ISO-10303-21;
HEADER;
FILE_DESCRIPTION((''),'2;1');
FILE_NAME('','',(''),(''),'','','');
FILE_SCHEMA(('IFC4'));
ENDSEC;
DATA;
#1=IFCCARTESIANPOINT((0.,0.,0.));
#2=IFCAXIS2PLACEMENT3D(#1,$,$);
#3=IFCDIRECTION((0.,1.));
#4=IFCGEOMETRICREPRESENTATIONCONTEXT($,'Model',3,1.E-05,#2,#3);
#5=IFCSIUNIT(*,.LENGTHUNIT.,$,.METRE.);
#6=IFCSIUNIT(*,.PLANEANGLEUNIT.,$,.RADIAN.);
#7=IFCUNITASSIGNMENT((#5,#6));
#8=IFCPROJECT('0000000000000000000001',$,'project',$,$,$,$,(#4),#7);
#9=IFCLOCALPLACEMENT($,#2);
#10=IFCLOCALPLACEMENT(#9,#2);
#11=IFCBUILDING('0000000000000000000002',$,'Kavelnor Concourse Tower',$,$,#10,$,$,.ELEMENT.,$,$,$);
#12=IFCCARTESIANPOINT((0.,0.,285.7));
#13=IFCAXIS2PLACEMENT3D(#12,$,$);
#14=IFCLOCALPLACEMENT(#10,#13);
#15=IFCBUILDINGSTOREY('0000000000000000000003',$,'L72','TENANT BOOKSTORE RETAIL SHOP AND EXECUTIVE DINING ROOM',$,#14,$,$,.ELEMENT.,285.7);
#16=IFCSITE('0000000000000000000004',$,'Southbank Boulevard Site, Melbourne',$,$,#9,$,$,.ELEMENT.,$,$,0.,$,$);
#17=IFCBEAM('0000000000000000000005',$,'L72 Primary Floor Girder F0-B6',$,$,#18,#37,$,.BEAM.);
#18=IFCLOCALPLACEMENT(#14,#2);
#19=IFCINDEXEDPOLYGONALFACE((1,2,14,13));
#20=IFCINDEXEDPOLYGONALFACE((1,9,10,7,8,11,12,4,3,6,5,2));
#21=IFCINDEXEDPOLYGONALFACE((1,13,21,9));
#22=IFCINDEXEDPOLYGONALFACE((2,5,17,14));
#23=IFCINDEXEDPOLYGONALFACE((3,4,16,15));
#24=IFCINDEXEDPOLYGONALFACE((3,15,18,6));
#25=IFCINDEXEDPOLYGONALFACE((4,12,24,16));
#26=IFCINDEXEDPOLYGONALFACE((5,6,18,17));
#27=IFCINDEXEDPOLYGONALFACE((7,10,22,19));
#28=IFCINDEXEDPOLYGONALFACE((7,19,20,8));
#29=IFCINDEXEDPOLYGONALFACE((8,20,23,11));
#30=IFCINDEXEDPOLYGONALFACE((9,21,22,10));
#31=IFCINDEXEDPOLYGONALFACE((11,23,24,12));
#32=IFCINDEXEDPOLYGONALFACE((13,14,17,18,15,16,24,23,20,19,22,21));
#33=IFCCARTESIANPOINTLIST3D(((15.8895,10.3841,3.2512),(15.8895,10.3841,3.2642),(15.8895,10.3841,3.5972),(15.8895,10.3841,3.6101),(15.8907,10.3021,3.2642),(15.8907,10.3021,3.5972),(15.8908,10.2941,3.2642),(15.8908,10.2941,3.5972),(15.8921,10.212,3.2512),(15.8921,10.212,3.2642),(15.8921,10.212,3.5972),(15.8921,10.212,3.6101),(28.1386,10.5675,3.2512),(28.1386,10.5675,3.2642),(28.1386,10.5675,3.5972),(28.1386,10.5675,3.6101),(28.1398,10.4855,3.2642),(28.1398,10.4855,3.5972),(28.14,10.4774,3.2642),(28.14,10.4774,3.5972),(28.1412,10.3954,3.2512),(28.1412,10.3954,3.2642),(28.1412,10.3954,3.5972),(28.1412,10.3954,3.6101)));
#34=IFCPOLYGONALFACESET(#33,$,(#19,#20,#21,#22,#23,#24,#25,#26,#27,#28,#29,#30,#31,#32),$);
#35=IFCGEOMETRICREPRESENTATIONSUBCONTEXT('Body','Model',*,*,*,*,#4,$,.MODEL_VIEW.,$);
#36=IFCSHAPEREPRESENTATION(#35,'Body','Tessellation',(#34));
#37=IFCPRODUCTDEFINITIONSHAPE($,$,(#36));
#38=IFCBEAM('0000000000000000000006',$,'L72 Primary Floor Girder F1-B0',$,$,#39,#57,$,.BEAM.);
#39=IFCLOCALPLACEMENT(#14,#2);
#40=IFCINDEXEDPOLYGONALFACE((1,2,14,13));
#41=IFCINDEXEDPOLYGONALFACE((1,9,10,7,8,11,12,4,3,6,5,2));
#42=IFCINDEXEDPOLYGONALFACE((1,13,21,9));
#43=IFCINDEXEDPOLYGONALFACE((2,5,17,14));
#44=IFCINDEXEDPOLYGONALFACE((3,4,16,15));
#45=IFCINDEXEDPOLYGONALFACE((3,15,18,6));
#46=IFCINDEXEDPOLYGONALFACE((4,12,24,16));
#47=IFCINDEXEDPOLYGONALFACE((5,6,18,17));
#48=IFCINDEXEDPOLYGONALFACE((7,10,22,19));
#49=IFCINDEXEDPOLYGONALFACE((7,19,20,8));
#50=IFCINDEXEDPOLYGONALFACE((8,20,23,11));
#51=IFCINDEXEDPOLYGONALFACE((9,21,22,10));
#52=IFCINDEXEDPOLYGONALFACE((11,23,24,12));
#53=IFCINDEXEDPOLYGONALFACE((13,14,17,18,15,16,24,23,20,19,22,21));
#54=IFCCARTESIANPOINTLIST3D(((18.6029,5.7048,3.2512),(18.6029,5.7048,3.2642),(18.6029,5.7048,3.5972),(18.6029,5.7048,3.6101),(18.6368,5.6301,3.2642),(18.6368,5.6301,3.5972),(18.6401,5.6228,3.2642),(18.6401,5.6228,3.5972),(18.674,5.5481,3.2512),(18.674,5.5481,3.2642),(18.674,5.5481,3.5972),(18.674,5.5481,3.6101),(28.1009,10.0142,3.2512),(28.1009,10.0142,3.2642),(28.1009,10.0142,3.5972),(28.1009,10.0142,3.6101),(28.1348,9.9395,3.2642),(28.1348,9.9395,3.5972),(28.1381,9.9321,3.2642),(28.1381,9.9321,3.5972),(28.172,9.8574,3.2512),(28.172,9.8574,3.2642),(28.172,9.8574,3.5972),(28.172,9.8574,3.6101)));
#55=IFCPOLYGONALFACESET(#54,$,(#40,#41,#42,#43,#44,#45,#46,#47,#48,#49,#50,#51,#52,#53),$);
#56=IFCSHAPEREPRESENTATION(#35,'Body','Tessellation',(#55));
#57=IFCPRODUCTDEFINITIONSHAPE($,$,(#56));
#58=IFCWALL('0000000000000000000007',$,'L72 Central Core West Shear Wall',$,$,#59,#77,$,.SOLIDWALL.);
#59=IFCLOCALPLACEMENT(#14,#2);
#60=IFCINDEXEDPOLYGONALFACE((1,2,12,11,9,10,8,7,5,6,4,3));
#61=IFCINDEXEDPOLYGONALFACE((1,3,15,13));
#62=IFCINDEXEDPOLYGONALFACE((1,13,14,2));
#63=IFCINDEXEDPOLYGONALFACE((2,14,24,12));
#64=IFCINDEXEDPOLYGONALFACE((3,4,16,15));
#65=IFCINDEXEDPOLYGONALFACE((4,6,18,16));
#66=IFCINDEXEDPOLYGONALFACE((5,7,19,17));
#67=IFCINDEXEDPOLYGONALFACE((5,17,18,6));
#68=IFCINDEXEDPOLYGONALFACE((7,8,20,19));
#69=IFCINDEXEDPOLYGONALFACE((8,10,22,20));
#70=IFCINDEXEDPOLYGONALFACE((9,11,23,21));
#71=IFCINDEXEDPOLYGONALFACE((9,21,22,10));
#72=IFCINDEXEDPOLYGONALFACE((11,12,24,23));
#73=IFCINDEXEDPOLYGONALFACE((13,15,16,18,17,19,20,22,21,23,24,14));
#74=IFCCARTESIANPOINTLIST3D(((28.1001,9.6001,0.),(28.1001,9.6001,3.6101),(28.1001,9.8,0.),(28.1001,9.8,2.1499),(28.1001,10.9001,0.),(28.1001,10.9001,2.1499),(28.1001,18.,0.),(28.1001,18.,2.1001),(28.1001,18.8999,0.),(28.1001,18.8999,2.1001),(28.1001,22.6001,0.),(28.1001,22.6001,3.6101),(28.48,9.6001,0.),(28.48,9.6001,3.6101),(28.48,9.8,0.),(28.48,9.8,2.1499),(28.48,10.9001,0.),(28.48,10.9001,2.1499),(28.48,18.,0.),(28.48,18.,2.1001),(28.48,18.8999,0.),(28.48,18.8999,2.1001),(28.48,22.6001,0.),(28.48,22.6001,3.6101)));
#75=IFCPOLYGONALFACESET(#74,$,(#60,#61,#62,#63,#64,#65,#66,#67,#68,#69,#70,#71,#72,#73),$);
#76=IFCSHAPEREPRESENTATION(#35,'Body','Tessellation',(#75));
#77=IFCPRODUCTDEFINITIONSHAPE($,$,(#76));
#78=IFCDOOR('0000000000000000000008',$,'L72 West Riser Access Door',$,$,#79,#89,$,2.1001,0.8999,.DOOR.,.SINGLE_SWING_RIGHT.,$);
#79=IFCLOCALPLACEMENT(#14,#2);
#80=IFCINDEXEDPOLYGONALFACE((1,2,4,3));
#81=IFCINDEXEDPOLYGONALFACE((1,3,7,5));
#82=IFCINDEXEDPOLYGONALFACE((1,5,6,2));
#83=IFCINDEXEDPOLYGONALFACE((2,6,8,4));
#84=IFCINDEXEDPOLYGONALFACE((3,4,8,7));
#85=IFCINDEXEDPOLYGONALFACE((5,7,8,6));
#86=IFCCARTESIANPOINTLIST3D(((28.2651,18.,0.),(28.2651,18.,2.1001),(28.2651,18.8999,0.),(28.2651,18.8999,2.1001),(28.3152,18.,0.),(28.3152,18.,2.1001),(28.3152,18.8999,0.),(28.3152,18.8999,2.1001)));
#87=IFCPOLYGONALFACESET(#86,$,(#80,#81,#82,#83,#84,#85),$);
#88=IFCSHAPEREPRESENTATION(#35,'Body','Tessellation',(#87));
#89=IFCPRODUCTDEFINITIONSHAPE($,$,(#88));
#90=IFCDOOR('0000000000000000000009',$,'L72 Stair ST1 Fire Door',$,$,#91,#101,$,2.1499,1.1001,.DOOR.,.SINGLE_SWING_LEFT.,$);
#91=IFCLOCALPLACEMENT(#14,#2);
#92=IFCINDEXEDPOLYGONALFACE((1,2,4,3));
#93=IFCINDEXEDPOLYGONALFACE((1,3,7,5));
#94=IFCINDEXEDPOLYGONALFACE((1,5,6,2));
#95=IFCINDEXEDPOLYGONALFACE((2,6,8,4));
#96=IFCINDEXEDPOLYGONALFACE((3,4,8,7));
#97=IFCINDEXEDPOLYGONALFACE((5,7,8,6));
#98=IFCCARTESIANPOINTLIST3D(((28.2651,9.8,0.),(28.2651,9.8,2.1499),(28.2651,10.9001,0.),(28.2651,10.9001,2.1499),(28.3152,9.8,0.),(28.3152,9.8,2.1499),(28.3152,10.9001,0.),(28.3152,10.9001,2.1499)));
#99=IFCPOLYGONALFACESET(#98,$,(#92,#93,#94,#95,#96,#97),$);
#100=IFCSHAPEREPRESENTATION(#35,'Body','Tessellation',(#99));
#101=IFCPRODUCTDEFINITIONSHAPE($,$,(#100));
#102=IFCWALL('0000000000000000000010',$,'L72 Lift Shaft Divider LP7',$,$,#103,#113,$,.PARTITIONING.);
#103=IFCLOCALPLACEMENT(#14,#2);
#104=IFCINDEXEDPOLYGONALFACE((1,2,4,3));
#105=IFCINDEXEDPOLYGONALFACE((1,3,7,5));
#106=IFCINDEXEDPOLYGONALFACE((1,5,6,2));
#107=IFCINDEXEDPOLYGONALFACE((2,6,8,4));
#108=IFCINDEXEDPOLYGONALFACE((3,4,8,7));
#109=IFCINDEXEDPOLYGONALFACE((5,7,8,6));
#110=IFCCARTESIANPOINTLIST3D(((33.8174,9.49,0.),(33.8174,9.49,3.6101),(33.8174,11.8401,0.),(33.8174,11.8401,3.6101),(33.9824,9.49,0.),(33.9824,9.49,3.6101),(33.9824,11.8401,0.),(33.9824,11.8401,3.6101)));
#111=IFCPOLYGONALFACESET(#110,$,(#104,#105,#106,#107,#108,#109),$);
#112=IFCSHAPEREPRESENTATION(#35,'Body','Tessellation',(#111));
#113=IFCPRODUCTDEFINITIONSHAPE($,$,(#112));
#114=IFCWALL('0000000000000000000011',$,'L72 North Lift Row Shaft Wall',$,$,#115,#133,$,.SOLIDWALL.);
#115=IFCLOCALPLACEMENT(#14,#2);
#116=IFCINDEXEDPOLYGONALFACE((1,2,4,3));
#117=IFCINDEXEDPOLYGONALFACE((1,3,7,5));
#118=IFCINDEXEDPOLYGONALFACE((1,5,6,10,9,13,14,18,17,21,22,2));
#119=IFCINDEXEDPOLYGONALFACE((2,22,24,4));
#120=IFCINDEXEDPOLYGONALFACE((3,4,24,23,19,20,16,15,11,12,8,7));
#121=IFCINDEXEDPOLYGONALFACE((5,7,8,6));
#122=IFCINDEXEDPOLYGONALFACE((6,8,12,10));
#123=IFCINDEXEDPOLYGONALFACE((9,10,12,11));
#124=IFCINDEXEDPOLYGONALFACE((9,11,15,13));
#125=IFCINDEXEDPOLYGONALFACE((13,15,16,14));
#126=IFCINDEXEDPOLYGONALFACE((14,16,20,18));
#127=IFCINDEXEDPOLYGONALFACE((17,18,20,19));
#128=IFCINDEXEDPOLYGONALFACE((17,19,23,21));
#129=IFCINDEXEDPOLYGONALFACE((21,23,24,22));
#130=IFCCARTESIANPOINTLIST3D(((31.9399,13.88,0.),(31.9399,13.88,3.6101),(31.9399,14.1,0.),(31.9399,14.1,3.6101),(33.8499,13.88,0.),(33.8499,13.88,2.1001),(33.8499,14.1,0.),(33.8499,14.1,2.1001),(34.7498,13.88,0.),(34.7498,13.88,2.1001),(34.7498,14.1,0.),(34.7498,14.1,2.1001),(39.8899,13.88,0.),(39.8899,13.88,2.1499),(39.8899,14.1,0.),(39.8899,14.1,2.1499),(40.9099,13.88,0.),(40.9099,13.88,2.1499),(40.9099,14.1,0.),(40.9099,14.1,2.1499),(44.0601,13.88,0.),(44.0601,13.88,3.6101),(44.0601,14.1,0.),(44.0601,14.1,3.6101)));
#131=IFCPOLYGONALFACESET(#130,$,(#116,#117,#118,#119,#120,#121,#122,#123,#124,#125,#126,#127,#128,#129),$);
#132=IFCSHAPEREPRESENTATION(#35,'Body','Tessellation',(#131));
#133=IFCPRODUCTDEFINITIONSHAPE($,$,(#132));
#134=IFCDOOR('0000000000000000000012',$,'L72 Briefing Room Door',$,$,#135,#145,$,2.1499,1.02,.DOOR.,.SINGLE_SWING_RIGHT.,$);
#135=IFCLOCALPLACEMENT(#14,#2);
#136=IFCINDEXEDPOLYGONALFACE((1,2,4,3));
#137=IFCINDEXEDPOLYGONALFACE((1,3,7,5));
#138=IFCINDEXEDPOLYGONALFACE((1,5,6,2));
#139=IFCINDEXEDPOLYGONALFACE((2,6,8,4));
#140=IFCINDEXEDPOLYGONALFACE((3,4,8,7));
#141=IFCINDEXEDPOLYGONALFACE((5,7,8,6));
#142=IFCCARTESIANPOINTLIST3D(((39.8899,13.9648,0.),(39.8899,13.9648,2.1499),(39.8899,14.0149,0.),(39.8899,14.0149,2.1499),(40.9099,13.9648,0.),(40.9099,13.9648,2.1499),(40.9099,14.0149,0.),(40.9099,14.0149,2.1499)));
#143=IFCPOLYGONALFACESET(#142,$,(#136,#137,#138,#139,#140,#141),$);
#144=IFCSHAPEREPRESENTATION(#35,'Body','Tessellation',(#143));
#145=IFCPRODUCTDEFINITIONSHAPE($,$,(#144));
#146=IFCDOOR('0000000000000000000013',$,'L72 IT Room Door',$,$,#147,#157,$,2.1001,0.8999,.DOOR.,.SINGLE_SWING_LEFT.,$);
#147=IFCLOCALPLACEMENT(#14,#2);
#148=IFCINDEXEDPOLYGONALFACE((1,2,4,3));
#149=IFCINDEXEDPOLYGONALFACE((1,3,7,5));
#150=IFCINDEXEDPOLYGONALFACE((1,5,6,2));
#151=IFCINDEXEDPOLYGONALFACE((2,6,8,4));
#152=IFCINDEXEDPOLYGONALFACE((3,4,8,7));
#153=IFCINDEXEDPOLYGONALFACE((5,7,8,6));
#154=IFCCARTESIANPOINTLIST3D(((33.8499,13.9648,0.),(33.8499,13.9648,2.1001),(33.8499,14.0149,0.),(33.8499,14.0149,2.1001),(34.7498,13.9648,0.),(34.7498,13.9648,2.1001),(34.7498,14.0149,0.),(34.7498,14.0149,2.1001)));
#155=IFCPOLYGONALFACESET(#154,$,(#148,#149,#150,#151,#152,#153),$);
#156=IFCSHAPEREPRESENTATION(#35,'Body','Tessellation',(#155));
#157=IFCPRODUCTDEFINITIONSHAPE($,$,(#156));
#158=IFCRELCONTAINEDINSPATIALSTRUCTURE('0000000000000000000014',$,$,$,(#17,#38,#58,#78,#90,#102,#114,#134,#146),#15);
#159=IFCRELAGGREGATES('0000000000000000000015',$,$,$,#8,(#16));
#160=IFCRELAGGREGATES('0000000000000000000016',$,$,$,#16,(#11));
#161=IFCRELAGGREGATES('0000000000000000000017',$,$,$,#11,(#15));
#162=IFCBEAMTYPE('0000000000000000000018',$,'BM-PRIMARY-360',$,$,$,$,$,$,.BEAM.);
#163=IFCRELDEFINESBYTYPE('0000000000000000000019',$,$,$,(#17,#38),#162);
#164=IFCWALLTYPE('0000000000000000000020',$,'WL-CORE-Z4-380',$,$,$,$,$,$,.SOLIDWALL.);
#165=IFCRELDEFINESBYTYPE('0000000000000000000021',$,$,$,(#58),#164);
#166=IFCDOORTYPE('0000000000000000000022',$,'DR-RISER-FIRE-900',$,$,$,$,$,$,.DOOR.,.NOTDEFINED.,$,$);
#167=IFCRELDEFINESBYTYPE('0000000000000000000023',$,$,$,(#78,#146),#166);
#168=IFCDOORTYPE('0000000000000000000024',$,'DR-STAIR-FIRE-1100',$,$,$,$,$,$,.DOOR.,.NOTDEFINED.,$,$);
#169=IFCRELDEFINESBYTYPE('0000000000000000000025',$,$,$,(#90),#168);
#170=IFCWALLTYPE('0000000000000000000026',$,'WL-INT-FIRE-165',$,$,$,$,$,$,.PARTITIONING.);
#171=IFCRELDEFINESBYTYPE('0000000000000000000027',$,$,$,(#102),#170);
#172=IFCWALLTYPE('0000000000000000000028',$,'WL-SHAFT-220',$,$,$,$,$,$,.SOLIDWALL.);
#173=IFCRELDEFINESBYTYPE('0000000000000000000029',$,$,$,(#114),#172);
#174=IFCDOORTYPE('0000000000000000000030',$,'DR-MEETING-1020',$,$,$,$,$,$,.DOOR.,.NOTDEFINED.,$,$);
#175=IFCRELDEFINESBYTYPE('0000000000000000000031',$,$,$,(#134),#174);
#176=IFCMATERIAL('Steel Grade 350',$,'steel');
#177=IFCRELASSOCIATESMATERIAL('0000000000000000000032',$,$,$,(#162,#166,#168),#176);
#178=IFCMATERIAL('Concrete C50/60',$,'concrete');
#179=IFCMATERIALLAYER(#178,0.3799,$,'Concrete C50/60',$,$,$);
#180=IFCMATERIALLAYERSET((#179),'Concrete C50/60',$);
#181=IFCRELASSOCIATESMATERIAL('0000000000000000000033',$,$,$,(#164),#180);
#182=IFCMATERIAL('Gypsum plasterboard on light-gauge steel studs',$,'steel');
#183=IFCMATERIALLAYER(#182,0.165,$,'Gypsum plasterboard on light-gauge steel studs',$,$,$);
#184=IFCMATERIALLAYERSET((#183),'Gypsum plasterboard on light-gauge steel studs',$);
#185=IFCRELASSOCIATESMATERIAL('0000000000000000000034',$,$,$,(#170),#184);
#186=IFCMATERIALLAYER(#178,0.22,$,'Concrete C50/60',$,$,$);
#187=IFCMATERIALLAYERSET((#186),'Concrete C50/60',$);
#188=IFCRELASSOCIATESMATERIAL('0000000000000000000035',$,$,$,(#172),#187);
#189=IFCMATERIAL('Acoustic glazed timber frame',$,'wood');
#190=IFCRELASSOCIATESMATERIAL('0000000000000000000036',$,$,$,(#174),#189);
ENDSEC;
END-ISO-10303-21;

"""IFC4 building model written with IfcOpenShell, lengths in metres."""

from ifc_helpers import new_model, si_unit, direction, frame, frame_2d, origin, origin_2d, place, context, subcontext, project, spatial, rectangle, i_section, extrude, material, layer, layer_set, material_profile, profile_set, type_object, element, fill, save


model = new_model("IFC4")

# Units and contexts
model_context = context("Model", 3, precision=1e-05, world=origin(), true_north=direction((0.0, 1.0)))
body_context = subcontext(model_context, "Body", "Model", "MODEL_VIEW")
ifc_project = project(units=[si_unit("LENGTHUNIT", "METRE"), si_unit("PLANEANGLEUNIT", "RADIAN")], contexts=[model_context])

# Site, building, storey
site_placement = place(None, origin())
site = spatial("IfcSite", under=ifc_project, at=site_placement, Name="Southbank Boulevard Site, Melbourne", CompositionType="ELEMENT", RefElevation=0.0)
building_placement = place(site_placement, origin())
building = spatial("IfcBuilding", under=site, at=building_placement, Name="Kavelnor Concourse Tower", CompositionType="ELEMENT")
storey_placement = place(building_placement, frame((0.0, 0.0, 285.7)))
storey = spatial("IfcBuildingStorey", under=building, at=storey_placement, Name="L72", Description="TENANT BOOKSTORE RETAIL SHOP AND EXECUTIVE DINING ROOM", CompositionType="ELEMENT", Elevation=285.7)

# Beams
ifc_material_1 = material(Name="Steel Grade 350", Category="steel")
ifc_material_profile = material_profile(ifc_material_1, i_section(OverallWidth=0.1721, OverallDepth=0.3589, WebThickness=0.0081, FlangeThickness=0.0129, at=origin_2d()), Name="360UB56")
ifc_profile_set = profile_set([ifc_material_profile], Name="Steel Grade 350")
beam_type = type_object("IfcBeamType", Name="BM-PRIMARY-360", PredefinedType="BEAM", material=ifc_profile_set)
beam_1_placement = place(storey_placement, frame((28.1399, 10.4814, 3.4307), z_axis=(-0.999888, -0.014967, 0.0), x_axis=(0.014967, -0.999888, 0.0)))
element("IfcBeam", 1, at=beam_1_placement, inside=storey, type_object=beam_type, Name="L72 Primary Floor Girder F0-B6", PredefinedType="BEAM", context=body_context, shape_type="SweptSolid", body=[
    extrude(i_section(OverallWidth=0.1721, OverallDepth=0.3589, WebThickness=0.0081, FlangeThickness=0.0129, at=origin_2d()), origin(), (0.0, 0.0, 1.0), 12.2505),
])
beam_2_placement = place(storey_placement, frame((28.1365, 9.9358, 3.4307), z_axis=(-0.910654, -0.41317, 0.0), x_axis=(0.41317, -0.910654, 0.0)))
element("IfcBeam", 2, at=beam_2_placement, inside=storey, type_object=beam_type, Name="L72 Primary Floor Girder F1-B0", PredefinedType="BEAM", context=body_context, shape_type="SweptSolid", body=[
    extrude(i_section(OverallWidth=0.1721, OverallDepth=0.3589, WebThickness=0.0081, FlangeThickness=0.0129, at=origin_2d()), origin(), (0.0, 0.0, 1.0), 10.4299),
])

# Wall, openings, doors
ifc_material_2 = material(Name="Concrete C50/60", Category="concrete")
ifc_layer_1 = layer(ifc_material_2, 0.3799, Name="Concrete C50/60")
ifc_layer_set_1 = layer_set([ifc_layer_1], Name="Concrete C50/60")
wall_type_1 = type_object("IfcWallType", Name="WL-CORE-Z4-380", PredefinedType="SOLIDWALL", material=ifc_layer_set_1)
wall_1_placement = place(storey_placement, frame((28.29, 9.6001, 0.0), z_axis=(0.0, 0.0, 1.0), x_axis=(0.0, 1.0, 0.0)))
wall_1 = element("IfcWall", 3, at=wall_1_placement, inside=storey, type_object=wall_type_1, Name="L72 Central Core West Shear Wall", PredefinedType="SOLIDWALL", context=body_context, shape_type="SweptSolid", body=[
    extrude(rectangle(XDim=13.0, YDim=0.3799, at=frame_2d((6.5, 0.0))), origin(), (0.0, 0.0, 1.0), 3.6101),
])
opening_1_placement = place(wall_1_placement, frame((0.2, 0.0, 0.0)))
opening_1 = element("IfcOpeningElement", 4, at=opening_1_placement, cuts=wall_1, PredefinedType="OPENING", context=body_context, shape_type="SweptSolid", body=[
    extrude(rectangle(XDim=1.1001, YDim=2.1499, at=frame_2d((0.55, 1.075))), frame((0.0, 0.2, 0.0), z_axis=(0.0, -1.0, 0.0), x_axis=(1.0, 0.0, 0.0)), (0.0, 0.0, 1.0), 0.3999),
])
opening_2_placement = place(wall_1_placement, frame((8.3999, 0.0, 0.0)))
opening_2 = element("IfcOpeningElement", 5, at=opening_2_placement, cuts=wall_1, PredefinedType="OPENING", context=body_context, shape_type="SweptSolid", body=[
    extrude(rectangle(XDim=0.8999, YDim=2.1001, at=frame_2d((0.45, 1.05))), frame((0.0, 0.2, 0.0), z_axis=(0.0, -1.0, 0.0), x_axis=(1.0, 0.0, 0.0)), (0.0, 0.0, 1.0), 0.3999),
])
door_type_1 = type_object("IfcDoorType", Name="DR-RISER-FIRE-900", OperationType="NOTDEFINED", PredefinedType="DOOR", material=ifc_material_1)
door_1_placement = place(opening_2_placement, origin())
door_1 = element("IfcDoor", 6, at=door_1_placement, inside=storey, type_object=door_type_1, Name="L72 West Riser Access Door", OperationType="SINGLE_SWING_RIGHT", OverallHeight=2.1001, OverallWidth=0.8999, PredefinedType="DOOR", context=body_context, shape_type="SweptSolid", body=[
    extrude(rectangle(XDim=0.8999, YDim=2.1001, at=frame_2d((0.45, 1.05))), frame((0.0, 0.0249, 0.0), z_axis=(0.0, -1.0, 0.0), x_axis=(1.0, 0.0, 0.0)), (0.0, 0.0, 1.0), 0.05),
])
fill(opening_2, door_1)
door_type_2 = type_object("IfcDoorType", Name="DR-STAIR-FIRE-1100", OperationType="NOTDEFINED", PredefinedType="DOOR", material=ifc_material_1)
door_2_placement = place(opening_1_placement, origin())
door_2 = element("IfcDoor", 7, at=door_2_placement, inside=storey, type_object=door_type_2, Name="L72 Stair ST1 Fire Door", OperationType="SINGLE_SWING_LEFT", OverallHeight=2.1499, OverallWidth=1.1001, PredefinedType="DOOR", context=body_context, shape_type="SweptSolid", body=[
    extrude(rectangle(XDim=1.1001, YDim=2.1499, at=frame_2d((0.55, 1.075))), frame((0.0, 0.0249, 0.0), z_axis=(0.0, -1.0, 0.0), x_axis=(1.0, 0.0, 0.0)), (0.0, 0.0, 1.0), 0.05),
])
fill(opening_1, door_2)

# Wall
ifc_material_3 = material(Name="Gypsum plasterboard on light-gauge steel studs", Category="steel")
ifc_layer_2 = layer(ifc_material_3, 0.165, Name="Gypsum plasterboard on light-gauge steel studs")
ifc_layer_set_2 = layer_set([ifc_layer_2], Name="Gypsum plasterboard on light-gauge steel studs")
wall_type_2 = type_object("IfcWallType", Name="WL-INT-FIRE-165", PredefinedType="PARTITIONING", material=ifc_layer_set_2)
wall_2_placement = place(storey_placement, frame((33.8999, 9.49, 0.0), z_axis=(0.0, 0.0, 1.0), x_axis=(0.0, 1.0, 0.0)))
element("IfcWall", 8, at=wall_2_placement, inside=storey, type_object=wall_type_2, Name="L72 Lift Shaft Divider LP7", PredefinedType="PARTITIONING", context=body_context, shape_type="SweptSolid", body=[
    extrude(rectangle(XDim=2.3501, YDim=0.165, at=frame_2d((1.175, 0.0))), origin(), (0.0, 0.0, 1.0), 3.6101),
])

# Wall, openings, doors
ifc_layer_3 = layer(ifc_material_2, 0.22, Name="Concrete C50/60")
ifc_layer_set_3 = layer_set([ifc_layer_3], Name="Concrete C50/60")
wall_type_3 = type_object("IfcWallType", Name="WL-SHAFT-220", PredefinedType="SOLIDWALL", material=ifc_layer_set_3)
wall_3_placement = place(storey_placement, frame((31.9399, 13.99, 0.0), z_axis=(0.0, 0.0, 1.0), x_axis=(1.0, 0.0, 0.0)))
wall_3 = element("IfcWall", 9, at=wall_3_placement, inside=storey, type_object=wall_type_3, Name="L72 North Lift Row Shaft Wall", PredefinedType="SOLIDWALL", context=body_context, shape_type="SweptSolid", body=[
    extrude(rectangle(XDim=12.1201, YDim=0.22, at=frame_2d((6.0601, 0.0))), origin(), (0.0, 0.0, 1.0), 3.6101),
])
opening_3_placement = place(wall_3_placement, frame((1.9099, 0.0, 0.0)))
opening_3 = element("IfcOpeningElement", 10, at=opening_3_placement, cuts=wall_3, PredefinedType="OPENING", context=body_context, shape_type="SweptSolid", body=[
    extrude(rectangle(XDim=0.8999, YDim=2.1001, at=frame_2d((0.45, 1.05))), frame((0.0, 0.1201, 0.0), z_axis=(0.0, -1.0, 0.0), x_axis=(1.0, 0.0, 0.0)), (0.0, 0.0, 1.0), 0.24),
])
opening_4_placement = place(wall_3_placement, frame((7.95, 0.0, 0.0)))
opening_4 = element("IfcOpeningElement", 11, at=opening_4_placement, cuts=wall_3, PredefinedType="OPENING", context=body_context, shape_type="SweptSolid", body=[
    extrude(rectangle(XDim=1.02, YDim=2.1499, at=frame_2d((0.51, 1.075))), frame((0.0, 0.1201, 0.0), z_axis=(0.0, -1.0, 0.0), x_axis=(1.0, 0.0, 0.0)), (0.0, 0.0, 1.0), 0.24),
])
ifc_material_4 = material(Name="Acoustic glazed timber frame", Category="wood")
door_type_3 = type_object("IfcDoorType", Name="DR-MEETING-1020", OperationType="NOTDEFINED", PredefinedType="DOOR", material=ifc_material_4)
door_3_placement = place(opening_4_placement, origin())
door_3 = element("IfcDoor", 12, at=door_3_placement, inside=storey, type_object=door_type_3, Name="L72 Briefing Room Door", OperationType="SINGLE_SWING_RIGHT", OverallHeight=2.1499, OverallWidth=1.02, PredefinedType="DOOR", context=body_context, shape_type="SweptSolid", body=[
    extrude(rectangle(XDim=1.02, YDim=2.1499, at=frame_2d((0.51, 1.075))), frame((0.0, 0.0249, 0.0), z_axis=(0.0, -1.0, 0.0), x_axis=(1.0, 0.0, 0.0)), (0.0, 0.0, 1.0), 0.05),
])
fill(opening_4, door_3)
door_4_placement = place(opening_3_placement, origin())
door_4 = element("IfcDoor", 13, at=door_4_placement, inside=storey, type_object=door_type_1, Name="L72 IT Room Door", OperationType="SINGLE_SWING_LEFT", OverallHeight=2.1001, OverallWidth=0.8999, PredefinedType="DOOR", context=body_context, shape_type="SweptSolid", body=[
    extrude(rectangle(XDim=0.8999, YDim=2.1001, at=frame_2d((0.45, 1.05))), frame((0.0, 0.0249, 0.0), z_axis=(0.0, -1.0, 0.0), x_axis=(1.0, 0.0, 0.0)), (0.0, 0.0, 1.0), 0.05),
])
fill(opening_3, door_4)

save(model, "model.ifc")
